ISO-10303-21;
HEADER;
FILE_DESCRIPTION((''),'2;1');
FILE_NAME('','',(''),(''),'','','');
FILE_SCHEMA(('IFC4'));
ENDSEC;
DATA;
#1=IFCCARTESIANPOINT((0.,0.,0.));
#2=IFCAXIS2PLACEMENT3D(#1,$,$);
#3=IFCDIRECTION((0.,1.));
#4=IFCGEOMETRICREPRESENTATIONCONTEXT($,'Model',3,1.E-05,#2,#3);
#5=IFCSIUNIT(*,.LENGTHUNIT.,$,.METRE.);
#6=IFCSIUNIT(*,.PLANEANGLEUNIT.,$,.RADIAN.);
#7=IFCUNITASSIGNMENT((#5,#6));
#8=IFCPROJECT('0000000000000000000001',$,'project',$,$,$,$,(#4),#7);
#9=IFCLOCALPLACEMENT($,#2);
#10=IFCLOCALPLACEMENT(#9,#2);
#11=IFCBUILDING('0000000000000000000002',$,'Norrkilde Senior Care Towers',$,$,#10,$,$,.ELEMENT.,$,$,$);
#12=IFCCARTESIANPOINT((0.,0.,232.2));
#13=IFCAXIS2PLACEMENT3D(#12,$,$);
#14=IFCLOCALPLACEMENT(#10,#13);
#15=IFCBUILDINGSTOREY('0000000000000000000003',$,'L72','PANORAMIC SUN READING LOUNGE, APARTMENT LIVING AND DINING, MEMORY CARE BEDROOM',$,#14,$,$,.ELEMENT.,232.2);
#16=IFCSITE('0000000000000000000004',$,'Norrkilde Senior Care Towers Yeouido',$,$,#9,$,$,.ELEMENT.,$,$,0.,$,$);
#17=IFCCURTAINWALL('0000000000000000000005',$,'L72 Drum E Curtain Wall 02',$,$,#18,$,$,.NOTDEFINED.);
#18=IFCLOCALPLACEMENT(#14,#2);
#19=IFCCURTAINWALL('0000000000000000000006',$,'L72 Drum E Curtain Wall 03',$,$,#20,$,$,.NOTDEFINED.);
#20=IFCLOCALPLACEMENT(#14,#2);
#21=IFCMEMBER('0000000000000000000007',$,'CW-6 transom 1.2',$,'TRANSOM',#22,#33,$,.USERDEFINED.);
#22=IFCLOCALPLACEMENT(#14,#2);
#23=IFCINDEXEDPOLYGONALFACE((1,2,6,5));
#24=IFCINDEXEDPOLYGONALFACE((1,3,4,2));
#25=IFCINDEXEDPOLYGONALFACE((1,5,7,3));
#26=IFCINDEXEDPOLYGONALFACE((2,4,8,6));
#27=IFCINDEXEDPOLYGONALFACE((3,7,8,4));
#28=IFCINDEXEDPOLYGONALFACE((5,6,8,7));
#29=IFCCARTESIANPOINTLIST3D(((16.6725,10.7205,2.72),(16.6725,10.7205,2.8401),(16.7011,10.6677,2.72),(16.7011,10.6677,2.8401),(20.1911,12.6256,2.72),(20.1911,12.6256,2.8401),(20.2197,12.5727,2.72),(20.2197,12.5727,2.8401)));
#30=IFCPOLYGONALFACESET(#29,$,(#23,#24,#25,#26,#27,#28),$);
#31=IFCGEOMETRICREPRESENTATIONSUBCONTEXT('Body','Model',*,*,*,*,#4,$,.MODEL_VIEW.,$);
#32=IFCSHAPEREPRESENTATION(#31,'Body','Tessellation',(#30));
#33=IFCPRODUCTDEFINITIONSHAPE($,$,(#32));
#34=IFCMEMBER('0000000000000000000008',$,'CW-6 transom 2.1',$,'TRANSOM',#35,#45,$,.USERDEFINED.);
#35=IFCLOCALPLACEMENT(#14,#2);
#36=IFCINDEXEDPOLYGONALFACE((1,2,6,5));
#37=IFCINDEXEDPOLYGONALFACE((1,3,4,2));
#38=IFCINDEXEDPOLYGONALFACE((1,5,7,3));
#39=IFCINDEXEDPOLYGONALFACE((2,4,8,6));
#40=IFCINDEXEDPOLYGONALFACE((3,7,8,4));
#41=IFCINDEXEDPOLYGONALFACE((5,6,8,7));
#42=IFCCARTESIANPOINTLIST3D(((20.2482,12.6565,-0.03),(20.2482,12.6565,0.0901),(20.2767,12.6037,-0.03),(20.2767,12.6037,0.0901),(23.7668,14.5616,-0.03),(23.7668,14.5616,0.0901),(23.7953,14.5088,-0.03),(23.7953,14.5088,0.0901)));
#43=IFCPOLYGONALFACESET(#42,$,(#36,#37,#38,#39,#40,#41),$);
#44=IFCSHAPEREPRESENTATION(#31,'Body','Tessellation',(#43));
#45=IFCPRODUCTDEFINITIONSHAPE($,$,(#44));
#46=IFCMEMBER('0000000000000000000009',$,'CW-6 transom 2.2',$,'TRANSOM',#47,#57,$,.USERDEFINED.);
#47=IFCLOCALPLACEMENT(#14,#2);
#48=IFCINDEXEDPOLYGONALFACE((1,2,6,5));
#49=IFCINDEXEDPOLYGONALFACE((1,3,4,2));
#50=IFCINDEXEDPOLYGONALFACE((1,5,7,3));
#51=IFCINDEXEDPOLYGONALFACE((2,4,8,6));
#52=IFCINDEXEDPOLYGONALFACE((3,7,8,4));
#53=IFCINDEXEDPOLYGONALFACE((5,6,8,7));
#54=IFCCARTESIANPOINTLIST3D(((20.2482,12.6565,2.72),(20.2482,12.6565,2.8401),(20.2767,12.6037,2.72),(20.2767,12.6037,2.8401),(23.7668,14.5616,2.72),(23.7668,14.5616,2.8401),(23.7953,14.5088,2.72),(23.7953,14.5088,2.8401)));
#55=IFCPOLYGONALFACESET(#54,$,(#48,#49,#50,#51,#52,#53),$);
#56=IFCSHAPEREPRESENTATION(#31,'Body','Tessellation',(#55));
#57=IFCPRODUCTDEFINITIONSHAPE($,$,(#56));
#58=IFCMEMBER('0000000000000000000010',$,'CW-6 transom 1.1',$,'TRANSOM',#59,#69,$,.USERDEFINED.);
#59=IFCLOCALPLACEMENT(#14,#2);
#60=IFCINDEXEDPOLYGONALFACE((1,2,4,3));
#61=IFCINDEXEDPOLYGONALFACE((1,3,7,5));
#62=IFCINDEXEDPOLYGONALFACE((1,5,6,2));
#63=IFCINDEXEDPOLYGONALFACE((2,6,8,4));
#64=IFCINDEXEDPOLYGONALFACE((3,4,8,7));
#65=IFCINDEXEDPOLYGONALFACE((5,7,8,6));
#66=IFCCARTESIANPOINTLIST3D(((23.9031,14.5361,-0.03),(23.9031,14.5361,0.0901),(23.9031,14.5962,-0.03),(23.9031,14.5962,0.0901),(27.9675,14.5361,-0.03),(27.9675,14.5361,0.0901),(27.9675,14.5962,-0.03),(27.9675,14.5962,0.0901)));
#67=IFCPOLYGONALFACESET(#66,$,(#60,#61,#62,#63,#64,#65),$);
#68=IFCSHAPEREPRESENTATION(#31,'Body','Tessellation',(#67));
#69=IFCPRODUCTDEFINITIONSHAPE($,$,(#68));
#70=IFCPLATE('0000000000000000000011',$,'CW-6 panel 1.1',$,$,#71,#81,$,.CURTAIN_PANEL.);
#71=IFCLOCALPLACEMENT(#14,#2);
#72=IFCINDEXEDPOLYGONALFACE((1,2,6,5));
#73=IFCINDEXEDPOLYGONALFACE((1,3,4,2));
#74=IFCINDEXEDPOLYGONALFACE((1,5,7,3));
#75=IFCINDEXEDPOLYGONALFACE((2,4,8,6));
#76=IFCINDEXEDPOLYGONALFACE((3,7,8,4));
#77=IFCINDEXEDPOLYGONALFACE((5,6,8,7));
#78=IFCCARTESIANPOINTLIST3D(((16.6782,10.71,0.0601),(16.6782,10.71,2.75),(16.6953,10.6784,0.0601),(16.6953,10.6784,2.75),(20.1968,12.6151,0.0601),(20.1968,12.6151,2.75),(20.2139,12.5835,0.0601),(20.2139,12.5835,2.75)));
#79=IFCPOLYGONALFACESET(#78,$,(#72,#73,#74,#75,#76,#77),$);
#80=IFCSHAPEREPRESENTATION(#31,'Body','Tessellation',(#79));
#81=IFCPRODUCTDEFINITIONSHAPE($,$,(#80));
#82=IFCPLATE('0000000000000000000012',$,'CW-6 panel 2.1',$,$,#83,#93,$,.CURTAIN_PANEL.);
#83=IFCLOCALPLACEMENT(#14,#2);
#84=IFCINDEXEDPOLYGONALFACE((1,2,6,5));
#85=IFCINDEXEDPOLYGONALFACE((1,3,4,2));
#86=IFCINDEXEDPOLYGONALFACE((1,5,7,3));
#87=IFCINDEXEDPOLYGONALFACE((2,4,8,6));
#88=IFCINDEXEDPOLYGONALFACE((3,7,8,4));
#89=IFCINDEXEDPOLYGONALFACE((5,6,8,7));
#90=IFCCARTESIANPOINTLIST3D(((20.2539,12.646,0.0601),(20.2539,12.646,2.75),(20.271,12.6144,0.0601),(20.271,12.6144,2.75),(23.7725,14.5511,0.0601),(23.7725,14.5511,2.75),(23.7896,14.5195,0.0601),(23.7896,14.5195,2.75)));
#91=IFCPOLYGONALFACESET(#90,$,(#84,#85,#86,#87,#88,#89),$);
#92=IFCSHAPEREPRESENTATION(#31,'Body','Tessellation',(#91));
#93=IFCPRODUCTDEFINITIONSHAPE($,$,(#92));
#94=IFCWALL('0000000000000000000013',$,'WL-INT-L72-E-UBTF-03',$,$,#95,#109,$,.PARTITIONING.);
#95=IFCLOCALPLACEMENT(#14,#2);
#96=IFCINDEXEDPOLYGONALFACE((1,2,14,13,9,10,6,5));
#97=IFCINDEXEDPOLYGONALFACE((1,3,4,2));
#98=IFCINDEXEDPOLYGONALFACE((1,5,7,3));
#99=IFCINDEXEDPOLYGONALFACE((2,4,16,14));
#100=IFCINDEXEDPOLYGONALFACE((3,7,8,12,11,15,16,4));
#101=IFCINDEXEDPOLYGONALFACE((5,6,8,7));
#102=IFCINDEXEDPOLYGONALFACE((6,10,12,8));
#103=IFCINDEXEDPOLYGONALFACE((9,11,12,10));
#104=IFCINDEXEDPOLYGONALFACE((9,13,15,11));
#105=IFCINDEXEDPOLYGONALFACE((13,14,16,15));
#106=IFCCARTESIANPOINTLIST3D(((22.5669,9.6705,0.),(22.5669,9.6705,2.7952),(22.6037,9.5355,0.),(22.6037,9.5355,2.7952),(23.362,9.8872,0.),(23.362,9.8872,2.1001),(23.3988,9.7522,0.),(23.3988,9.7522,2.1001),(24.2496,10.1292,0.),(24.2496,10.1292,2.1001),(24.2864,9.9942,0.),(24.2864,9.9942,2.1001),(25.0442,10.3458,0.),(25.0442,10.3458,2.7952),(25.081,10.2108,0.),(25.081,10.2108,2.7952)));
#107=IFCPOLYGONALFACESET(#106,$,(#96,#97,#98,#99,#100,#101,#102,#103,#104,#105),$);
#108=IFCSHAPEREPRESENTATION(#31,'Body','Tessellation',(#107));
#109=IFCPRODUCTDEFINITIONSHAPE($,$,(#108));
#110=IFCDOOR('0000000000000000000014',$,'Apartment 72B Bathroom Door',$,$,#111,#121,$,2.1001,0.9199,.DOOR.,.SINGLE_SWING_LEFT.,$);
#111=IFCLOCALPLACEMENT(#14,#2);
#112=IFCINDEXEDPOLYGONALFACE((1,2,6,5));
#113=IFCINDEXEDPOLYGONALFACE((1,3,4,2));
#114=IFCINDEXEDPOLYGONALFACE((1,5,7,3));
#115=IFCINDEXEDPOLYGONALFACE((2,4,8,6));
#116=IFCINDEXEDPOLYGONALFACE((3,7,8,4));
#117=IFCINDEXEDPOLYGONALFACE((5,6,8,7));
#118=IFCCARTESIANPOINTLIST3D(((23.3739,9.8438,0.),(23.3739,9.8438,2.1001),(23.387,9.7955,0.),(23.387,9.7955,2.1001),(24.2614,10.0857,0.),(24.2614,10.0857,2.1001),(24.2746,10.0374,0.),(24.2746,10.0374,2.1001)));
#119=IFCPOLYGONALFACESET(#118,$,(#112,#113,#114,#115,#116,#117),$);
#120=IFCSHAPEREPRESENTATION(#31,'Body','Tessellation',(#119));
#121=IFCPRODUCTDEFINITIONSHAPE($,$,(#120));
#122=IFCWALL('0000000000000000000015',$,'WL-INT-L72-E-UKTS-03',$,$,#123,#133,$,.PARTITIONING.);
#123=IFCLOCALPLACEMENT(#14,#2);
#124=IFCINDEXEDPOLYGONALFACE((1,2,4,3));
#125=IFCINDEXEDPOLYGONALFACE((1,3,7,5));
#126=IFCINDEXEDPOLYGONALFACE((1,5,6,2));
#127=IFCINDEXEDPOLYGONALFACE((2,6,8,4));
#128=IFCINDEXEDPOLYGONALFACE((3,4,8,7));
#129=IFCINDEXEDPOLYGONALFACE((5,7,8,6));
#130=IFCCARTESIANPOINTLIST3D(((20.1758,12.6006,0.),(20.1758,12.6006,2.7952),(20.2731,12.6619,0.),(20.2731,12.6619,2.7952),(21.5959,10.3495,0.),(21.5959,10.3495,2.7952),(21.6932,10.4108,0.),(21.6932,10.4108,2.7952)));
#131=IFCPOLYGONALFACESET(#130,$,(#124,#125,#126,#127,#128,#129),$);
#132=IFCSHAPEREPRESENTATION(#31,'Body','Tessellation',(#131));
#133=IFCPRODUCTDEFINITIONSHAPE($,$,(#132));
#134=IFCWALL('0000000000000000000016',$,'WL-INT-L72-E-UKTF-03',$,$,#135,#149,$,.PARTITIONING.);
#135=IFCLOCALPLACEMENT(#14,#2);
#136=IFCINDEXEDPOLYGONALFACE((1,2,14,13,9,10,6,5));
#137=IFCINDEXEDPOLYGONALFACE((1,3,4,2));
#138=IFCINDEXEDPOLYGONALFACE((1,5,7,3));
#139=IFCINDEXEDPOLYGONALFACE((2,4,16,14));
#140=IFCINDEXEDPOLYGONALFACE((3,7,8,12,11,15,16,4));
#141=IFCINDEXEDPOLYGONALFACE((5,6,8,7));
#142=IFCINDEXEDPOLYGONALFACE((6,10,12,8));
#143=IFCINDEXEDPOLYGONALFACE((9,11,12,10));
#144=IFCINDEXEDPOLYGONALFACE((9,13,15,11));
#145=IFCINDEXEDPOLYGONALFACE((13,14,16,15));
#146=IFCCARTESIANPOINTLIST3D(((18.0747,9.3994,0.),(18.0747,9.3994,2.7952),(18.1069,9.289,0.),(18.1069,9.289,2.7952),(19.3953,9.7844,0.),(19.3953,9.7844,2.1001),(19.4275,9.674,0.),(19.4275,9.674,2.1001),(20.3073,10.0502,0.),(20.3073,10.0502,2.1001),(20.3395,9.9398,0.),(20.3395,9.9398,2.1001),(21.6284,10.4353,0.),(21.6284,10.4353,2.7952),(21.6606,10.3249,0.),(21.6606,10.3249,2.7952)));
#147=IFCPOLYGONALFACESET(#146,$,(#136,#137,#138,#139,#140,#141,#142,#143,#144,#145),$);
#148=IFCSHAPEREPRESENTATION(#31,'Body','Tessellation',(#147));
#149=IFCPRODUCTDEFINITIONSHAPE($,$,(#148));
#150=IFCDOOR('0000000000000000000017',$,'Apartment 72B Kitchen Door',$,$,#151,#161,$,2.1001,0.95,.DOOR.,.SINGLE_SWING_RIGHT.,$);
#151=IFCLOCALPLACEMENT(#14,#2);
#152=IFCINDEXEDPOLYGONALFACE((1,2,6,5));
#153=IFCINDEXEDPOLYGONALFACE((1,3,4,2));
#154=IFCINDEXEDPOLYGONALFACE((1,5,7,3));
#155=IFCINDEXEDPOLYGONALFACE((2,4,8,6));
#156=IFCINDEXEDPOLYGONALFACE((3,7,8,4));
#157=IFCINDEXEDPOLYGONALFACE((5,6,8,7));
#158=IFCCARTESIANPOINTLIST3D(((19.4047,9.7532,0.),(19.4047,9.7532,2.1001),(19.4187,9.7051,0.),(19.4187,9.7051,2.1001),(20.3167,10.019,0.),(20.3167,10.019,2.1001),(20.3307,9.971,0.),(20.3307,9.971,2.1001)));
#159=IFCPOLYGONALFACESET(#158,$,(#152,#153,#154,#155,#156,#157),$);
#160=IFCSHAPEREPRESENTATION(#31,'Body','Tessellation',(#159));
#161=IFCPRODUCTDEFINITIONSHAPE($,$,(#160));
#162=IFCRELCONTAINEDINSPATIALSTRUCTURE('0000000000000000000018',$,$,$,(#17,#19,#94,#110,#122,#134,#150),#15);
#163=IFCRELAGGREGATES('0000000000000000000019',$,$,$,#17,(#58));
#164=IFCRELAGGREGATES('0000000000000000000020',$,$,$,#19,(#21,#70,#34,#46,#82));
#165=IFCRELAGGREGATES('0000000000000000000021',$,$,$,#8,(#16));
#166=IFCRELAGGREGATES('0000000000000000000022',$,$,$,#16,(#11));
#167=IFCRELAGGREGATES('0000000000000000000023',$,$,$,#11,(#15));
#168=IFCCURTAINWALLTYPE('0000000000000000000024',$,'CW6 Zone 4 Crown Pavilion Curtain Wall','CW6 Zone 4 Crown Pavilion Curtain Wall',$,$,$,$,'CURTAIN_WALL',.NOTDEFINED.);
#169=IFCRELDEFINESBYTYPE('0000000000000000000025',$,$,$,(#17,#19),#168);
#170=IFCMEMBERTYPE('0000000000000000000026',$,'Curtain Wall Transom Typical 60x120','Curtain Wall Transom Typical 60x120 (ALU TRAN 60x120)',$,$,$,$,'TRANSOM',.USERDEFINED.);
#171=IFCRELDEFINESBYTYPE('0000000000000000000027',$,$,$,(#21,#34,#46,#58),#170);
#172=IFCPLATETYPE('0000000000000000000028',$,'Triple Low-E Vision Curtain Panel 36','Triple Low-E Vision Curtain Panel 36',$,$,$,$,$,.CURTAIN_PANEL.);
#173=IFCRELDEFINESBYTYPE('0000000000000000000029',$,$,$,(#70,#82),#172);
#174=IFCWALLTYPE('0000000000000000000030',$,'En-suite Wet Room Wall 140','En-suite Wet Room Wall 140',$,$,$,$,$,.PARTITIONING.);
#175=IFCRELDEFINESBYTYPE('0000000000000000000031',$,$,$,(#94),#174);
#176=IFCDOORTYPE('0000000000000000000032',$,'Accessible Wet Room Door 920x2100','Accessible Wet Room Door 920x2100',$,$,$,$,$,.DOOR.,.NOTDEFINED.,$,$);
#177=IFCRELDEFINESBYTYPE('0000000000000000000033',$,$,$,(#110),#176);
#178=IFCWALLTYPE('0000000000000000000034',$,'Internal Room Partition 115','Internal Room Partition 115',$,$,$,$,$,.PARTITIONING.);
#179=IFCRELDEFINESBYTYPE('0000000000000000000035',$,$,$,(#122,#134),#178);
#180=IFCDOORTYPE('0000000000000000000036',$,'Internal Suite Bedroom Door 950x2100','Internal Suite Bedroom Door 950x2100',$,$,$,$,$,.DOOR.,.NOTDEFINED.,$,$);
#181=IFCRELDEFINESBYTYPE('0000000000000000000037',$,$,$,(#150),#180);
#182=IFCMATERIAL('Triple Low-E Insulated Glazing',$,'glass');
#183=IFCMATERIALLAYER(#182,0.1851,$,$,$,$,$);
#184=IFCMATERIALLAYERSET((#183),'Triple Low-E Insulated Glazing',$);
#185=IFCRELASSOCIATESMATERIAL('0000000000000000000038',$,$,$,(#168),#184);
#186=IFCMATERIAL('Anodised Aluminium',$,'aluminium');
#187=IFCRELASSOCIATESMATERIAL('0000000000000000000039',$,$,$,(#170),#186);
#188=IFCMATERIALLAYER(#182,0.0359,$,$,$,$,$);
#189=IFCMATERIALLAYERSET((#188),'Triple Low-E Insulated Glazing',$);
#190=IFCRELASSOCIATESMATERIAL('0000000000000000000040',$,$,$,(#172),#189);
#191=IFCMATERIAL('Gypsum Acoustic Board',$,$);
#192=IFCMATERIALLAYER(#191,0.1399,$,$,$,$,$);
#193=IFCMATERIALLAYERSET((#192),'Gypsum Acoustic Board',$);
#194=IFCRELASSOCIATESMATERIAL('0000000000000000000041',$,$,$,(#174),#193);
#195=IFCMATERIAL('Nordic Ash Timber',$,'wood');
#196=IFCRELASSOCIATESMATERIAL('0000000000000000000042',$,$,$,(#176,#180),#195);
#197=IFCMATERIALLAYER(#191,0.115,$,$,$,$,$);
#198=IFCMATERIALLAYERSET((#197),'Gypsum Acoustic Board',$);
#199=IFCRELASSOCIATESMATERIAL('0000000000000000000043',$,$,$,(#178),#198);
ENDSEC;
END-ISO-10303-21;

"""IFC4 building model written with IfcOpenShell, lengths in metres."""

from ifc_helpers import new_model, si_unit, direction, frame, frame_2d, origin, origin_2d, place, context, subcontext, project, spatial, rectangle, extrude, source, transform, mapped, material, layer, layer_set, material_profile, profile_set, type_object, type_shapes, element, fill, aggregate, save


model = new_model("IFC4")

# Units and contexts
model_context = context("Model", 3, precision=1e-05, world=origin(), true_north=direction((0.0, 1.0)))
body_context = subcontext(model_context, "Body", "Model", "MODEL_VIEW")
ifc_project = project(units=[si_unit("LENGTHUNIT", "METRE"), si_unit("PLANEANGLEUNIT", "RADIAN")], contexts=[model_context])

# Site, building, storey
site_placement = place(None, origin())
site = spatial("IfcSite", under=ifc_project, at=site_placement, Name="Norrkilde Senior Care Towers Yeouido", CompositionType="ELEMENT", RefElevation=0.0)
building_placement = place(site_placement, origin())
building = spatial("IfcBuilding", under=site, at=building_placement, Name="Norrkilde Senior Care Towers", CompositionType="ELEMENT")
storey_placement = place(building_placement, frame((0.0, 0.0, 232.2)))
storey = spatial("IfcBuildingStorey", under=building, at=storey_placement, Name="L72", Description="PANORAMIC SUN READING LOUNGE, APARTMENT LIVING AND DINING, MEMORY CARE BEDROOM", CompositionType="ELEMENT", Elevation=232.2)

# Curtain wall
ifc_material_1 = material(Name="Triple Low-E Insulated Glazing", Category="glass")
ifc_layer_1 = layer(ifc_material_1, 0.1851)
ifc_layer_set_1 = layer_set([ifc_layer_1], Name="Triple Low-E Insulated Glazing")
curtain_wall_type = type_object("IfcCurtainWallType", Name="CW6 Zone 4 Crown Pavilion Curtain Wall", Description="CW6 Zone 4 Crown Pavilion Curtain Wall", ElementType="CURTAIN_WALL", PredefinedType="NOTDEFINED", material=ifc_layer_set_1)
curtain_wall_1_placement = place(storey_placement, origin())
curtain_wall_1 = element("IfcCurtainWall", 1, at=curtain_wall_1_placement, inside=storey, type_object=curtain_wall_type, Name="L72 Drum E Curtain Wall 02", PredefinedType="NOTDEFINED")
ifc_material_2 = material(Name="Anodised Aluminium", Category="aluminium")

# Curtain wall
curtain_wall_2_placement = place(storey_placement, origin())
curtain_wall_2 = element("IfcCurtainWall", 2, at=curtain_wall_2_placement, inside=storey, type_object=curtain_wall_type, Name="L72 Drum E Curtain Wall 03", PredefinedType="NOTDEFINED")

# Members
ifc_material_profile_1 = material_profile(ifc_material_2, rectangle(XDim=0.0601, YDim=0.1201, at=origin_2d()), Name="ALU TRAN 60x120")
ifc_profile_set_1 = profile_set([ifc_material_profile_1], Name="Anodised Aluminium")
member_type_1 = type_object("IfcMemberType", Name="Curtain Wall Transom Typical 60x120", Description="Curtain Wall Transom Typical 60x120 (ALU TRAN 60x120)", ElementType="TRANSOM", PredefinedType="USERDEFINED", material=ifc_profile_set_1)
shared_shape_1 = source(origin(), body_context, "Body", "SweptSolid", [
    extrude(rectangle(XDim=0.0601, YDim=0.1201, at=origin_2d()), origin(), (0.0, 0.0, 1.0), 4.0012),
])
member_1_placement = place(storey_placement, frame((16.6868, 10.6941, 2.78), z_axis=(0.879381, 0.476118, 0.0), x_axis=(-0.476118, 0.879381, 0.0)))
member_1 = element("IfcMember", 3, at=member_1_placement, type_object=member_type_1, Name="CW-6 transom 1.2", ObjectType="TRANSOM", PredefinedType="USERDEFINED", context=body_context, shape_type="MappedRepresentation", body=[
    mapped(shared_shape_1, transform((0.0, 0.0, 0.0), x_axis=(1.0, 0.0, 0.0), y_axis=(0.0, 1.0, 0.0), z_axis=(0.0, 0.0, 1.0), scale=1.0)),
])
member_2_placement = place(storey_placement, frame((20.2625, 12.6301, 0.03), z_axis=(0.879381, 0.476118, 0.0), x_axis=(-0.476118, 0.879381, 0.0)))
member_2 = element("IfcMember", 4, at=member_2_placement, type_object=member_type_1, Name="CW-6 transom 2.1", ObjectType="TRANSOM", PredefinedType="USERDEFINED", context=body_context, shape_type="MappedRepresentation", body=[
    mapped(shared_shape_1, transform((0.0, 0.0, 0.0), x_axis=(1.0, 0.0, 0.0), y_axis=(0.0, 1.0, 0.0), z_axis=(0.0, 0.0, 1.0), scale=1.0)),
])
member_3_placement = place(storey_placement, frame((20.2625, 12.6301, 2.78), z_axis=(0.879381, 0.476118, 0.0), x_axis=(-0.476118, 0.879381, 0.0)))
member_3 = element("IfcMember", 5, at=member_3_placement, type_object=member_type_1, Name="CW-6 transom 2.2", ObjectType="TRANSOM", PredefinedType="USERDEFINED", context=body_context, shape_type="MappedRepresentation", body=[
    mapped(shared_shape_1, transform((0.0, 0.0, 0.0), x_axis=(1.0, 0.0, 0.0), y_axis=(0.0, 1.0, 0.0), z_axis=(0.0, 0.0, 1.0), scale=1.0)),
])
shared_shape_2 = source(origin(), body_context, "Body", "SweptSolid", [
    extrude(rectangle(XDim=0.0601, YDim=0.1201, at=origin_2d()), origin(), (0.0, 0.0, 1.0), 4.0645),
])
type_shapes(member_type_1, [shared_shape_1, shared_shape_2])
member_4_placement = place(storey_placement, frame((23.9031, 14.5662, 0.03), z_axis=(1.0, 0.0, 0.0), x_axis=(0.0, 1.0, 0.0)))
member_4 = element("IfcMember", 6, at=member_4_placement, type_object=member_type_1, Name="CW-6 transom 1.1", ObjectType="TRANSOM", PredefinedType="USERDEFINED", context=body_context, shape_type="MappedRepresentation", body=[
    mapped(shared_shape_2, transform((0.0, 0.0, 0.0), x_axis=(1.0, 0.0, 0.0), y_axis=(0.0, 1.0, 0.0), z_axis=(0.0, 0.0, 1.0), scale=1.0)),
])
aggregate(curtain_wall_1, [member_4])

# Plates
ifc_layer_2 = layer(ifc_material_1, 0.0359)
ifc_layer_set_2 = layer_set([ifc_layer_2], Name="Triple Low-E Insulated Glazing")
plate_type = type_object("IfcPlateType", Name="Triple Low-E Vision Curtain Panel 36", Description="Triple Low-E Vision Curtain Panel 36", PredefinedType="CURTAIN_PANEL", material=ifc_layer_set_2)
shared_shape_3 = source(origin(), body_context, "Body", "SweptSolid", [
    extrude(rectangle(XDim=4.0012, YDim=0.0359, at=origin_2d()), origin(), (0.0, 0.0, 1.0), 2.6899),
])
type_shapes(plate_type, [shared_shape_3])
plate_1_placement = place(storey_placement, frame((18.446, 11.6467, 0.0601), z_axis=(0.0, 0.0, 1.0), x_axis=(0.879373, 0.476133, 0.0)))
plate_1 = element("IfcPlate", 7, at=plate_1_placement, type_object=plate_type, Name="CW-6 panel 1.1", PredefinedType="CURTAIN_PANEL", context=body_context, shape_type="MappedRepresentation", body=[
    mapped(shared_shape_3, transform((0.0, 0.0, 0.0), x_axis=(1.0, 0.0, 0.0), y_axis=(0.0, 1.0, 0.0), z_axis=(0.0, 0.0, 1.0), scale=1.0)),
])
plate_2_placement = place(storey_placement, frame((22.0217, 13.5828, 0.0601), z_axis=(0.0, 0.0, 1.0), x_axis=(0.879373, 0.476133, 0.0)))
plate_2 = element("IfcPlate", 8, at=plate_2_placement, type_object=plate_type, Name="CW-6 panel 2.1", PredefinedType="CURTAIN_PANEL", context=body_context, shape_type="MappedRepresentation", body=[
    mapped(shared_shape_3, transform((0.0, 0.0, 0.0), x_axis=(1.0, 0.0, 0.0), y_axis=(0.0, 1.0, 0.0), z_axis=(0.0, 0.0, 1.0), scale=1.0)),
])
aggregate(curtain_wall_2, [member_1, plate_1, member_2, member_3, plate_2])

# Wall, opening, door
ifc_material_3 = material(Name="Gypsum Acoustic Board")
ifc_layer_3 = layer(ifc_material_3, 0.1399)
ifc_layer_set_3 = layer_set([ifc_layer_3], Name="Gypsum Acoustic Board")
wall_type_1 = type_object("IfcWallType", Name="En-suite Wet Room Wall 140", Description="En-suite Wet Room Wall 140", PredefinedType="PARTITIONING", material=ifc_layer_set_3)
shared_shape_4 = source(origin(), body_context, "Body", "SweptSolid", [
    extrude(rectangle(XDim=2.5676, YDim=0.1399, at=frame_2d((1.2837, 0.0))), origin(), (0.0, 0.0, 1.0), 2.7952),
])
type_shapes(wall_type_1, [shared_shape_4])
wall_1_placement = place(storey_placement, frame((22.5854, 9.603, 0.0), z_axis=(0.0, 0.0, 1.0), x_axis=(0.964797, 0.262997, 0.0)))
wall_1 = element("IfcWall", 9, at=wall_1_placement, inside=storey, type_object=wall_type_1, Name="WL-INT-L72-E-UBTF-03", PredefinedType="PARTITIONING", context=body_context, shape_type="MappedRepresentation", body=[
    mapped(shared_shape_4, transform((0.0, 0.0, 0.0), x_axis=(1.0, 0.0, 0.0), y_axis=(0.0, 1.0, 0.0), z_axis=(0.0, 0.0, 1.0), scale=1.0)),
])
opening_1_placement = place(wall_1_placement, frame((0.824, 0.0, 0.0)))
opening_1 = element("IfcOpeningElement", 10, at=opening_1_placement, cuts=wall_1, PredefinedType="OPENING", context=body_context, shape_type="SweptSolid", body=[
    extrude(rectangle(XDim=0.9199, YDim=2.1001, at=frame_2d((0.46, 1.05))), frame((0.0, 0.0798, 0.0), z_axis=(0.0, -1.0, 0.0), x_axis=(1.0, 0.0, 0.0)), (0.0, 0.0, 1.0), 0.1599),
])
ifc_material_4 = material(Name="Nordic Ash Timber", Category="wood")
door_type_1 = type_object("IfcDoorType", Name="Accessible Wet Room Door 920x2100", Description="Accessible Wet Room Door 920x2100", OperationType="NOTDEFINED", PredefinedType="DOOR", material=ifc_material_4)
shared_shape_5 = source(origin(), body_context, "Body", "SweptSolid", [
    extrude(rectangle(XDim=0.9199, YDim=2.1001, at=frame_2d((0.46, 1.05))), frame((0.0, 0.0249, 0.0), z_axis=(0.0, -1.0, 0.0), x_axis=(1.0, 0.0, 0.0)), (0.0, 0.0, 1.0), 0.05),
])
type_shapes(door_type_1, [shared_shape_5])
door_1_placement = place(opening_1_placement, origin())
door_1 = element("IfcDoor", 11, at=door_1_placement, inside=storey, type_object=door_type_1, Name="Apartment 72B Bathroom Door", OperationType="SINGLE_SWING_LEFT", OverallHeight=2.1001, OverallWidth=0.9199, PredefinedType="DOOR", context=body_context, shape_type="MappedRepresentation", body=[
    mapped(shared_shape_5, transform((0.0, 0.0, 0.0), x_axis=(1.0, 0.0, 0.0), y_axis=(0.0, 1.0, 0.0), z_axis=(0.0, 0.0, 1.0), scale=1.0)),
])
fill(opening_1, door_1)

# Wall
ifc_layer_4 = layer(ifc_material_3, 0.115)
ifc_layer_set_4 = layer_set([ifc_layer_4], Name="Gypsum Acoustic Board")
wall_type_2 = type_object("IfcWallType", Name="Internal Room Partition 115", Description="Internal Room Partition 115", PredefinedType="PARTITIONING", material=ifc_layer_set_4)
shared_shape_6 = source(origin(), body_context, "Body", "SweptSolid", [
    extrude(rectangle(XDim=2.6616, YDim=0.115, at=frame_2d((1.3308, 0.0))), origin(), (0.0, 0.0, 1.0), 2.7952),
])
wall_2_placement = place(storey_placement, frame((21.6445, 10.3801, 0.0), z_axis=(0.0, 0.0, 1.0), x_axis=(-0.533548, 0.84577, 0.0)))
element("IfcWall", 12, at=wall_2_placement, inside=storey, type_object=wall_type_2, Name="WL-INT-L72-E-UKTS-03", PredefinedType="PARTITIONING", context=body_context, shape_type="MappedRepresentation", body=[
    mapped(shared_shape_6, transform((0.0, 0.0, 0.0), x_axis=(1.0, 0.0, 0.0), y_axis=(0.0, 1.0, 0.0), z_axis=(0.0, 0.0, 1.0), scale=1.0)),
])

# Wall, opening, door
shared_shape_7 = source(origin(), body_context, "Body", "SweptSolid", [
    extrude(rectangle(XDim=3.7017, YDim=0.115, at=frame_2d((1.8508, 0.0))), origin(), (0.0, 0.0, 1.0), 2.7952),
])
type_shapes(wall_type_2, [shared_shape_6, shared_shape_7])
wall_3_placement = place(storey_placement, frame((21.6445, 10.3801, 0.0), z_axis=(0.0, 0.0, 1.0), x_axis=(-0.960044, -0.279848, 0.0)))
wall_3 = element("IfcWall", 13, at=wall_3_placement, inside=storey, type_object=wall_type_2, Name="WL-INT-L72-E-UKTF-03", PredefinedType="PARTITIONING", context=body_context, shape_type="MappedRepresentation", body=[
    mapped(shared_shape_7, transform((0.0, 0.0, 0.0), x_axis=(1.0, 0.0, 0.0), y_axis=(0.0, 1.0, 0.0), z_axis=(0.0, 0.0, 1.0), scale=1.0)),
])
opening_2_placement = place(wall_3_placement, frame((1.376, 0.0, 0.0)))
opening_2 = element("IfcOpeningElement", 14, at=opening_2_placement, cuts=wall_3, PredefinedType="OPENING", context=body_context, shape_type="SweptSolid", body=[
    extrude(rectangle(XDim=0.95, YDim=2.1001, at=frame_2d((0.4751, 1.05))), frame((0.0, 0.0674, 0.0), z_axis=(0.0, -1.0, 0.0), x_axis=(1.0, 0.0, 0.0)), (0.0, 0.0, 1.0), 0.135),
])
door_type_2 = type_object("IfcDoorType", Name="Internal Suite Bedroom Door 950x2100", Description="Internal Suite Bedroom Door 950x2100", OperationType="NOTDEFINED", PredefinedType="DOOR", material=ifc_material_4)
shared_shape_8 = source(origin(), body_context, "Body", "SweptSolid", [
    extrude(rectangle(XDim=0.95, YDim=2.1001, at=frame_2d((0.4751, 1.05))), frame((0.0, 0.0249, 0.0), z_axis=(0.0, -1.0, 0.0), x_axis=(1.0, 0.0, 0.0)), (0.0, 0.0, 1.0), 0.05),
])
type_shapes(door_type_2, [shared_shape_8])
door_2_placement = place(opening_2_placement, frame((0.95, 0.0, 0.0), z_axis=(0.0, 0.0, 1.0), x_axis=(-1.0, 0.0, 0.0)))
door_2 = element("IfcDoor", 15, at=door_2_placement, inside=storey, type_object=door_type_2, Name="Apartment 72B Kitchen Door", OperationType="SINGLE_SWING_RIGHT", OverallHeight=2.1001, OverallWidth=0.95, PredefinedType="DOOR", context=body_context, shape_type="MappedRepresentation", body=[
    mapped(shared_shape_8, transform((0.0, 0.0, 0.0), x_axis=(1.0, 0.0, 0.0), y_axis=(0.0, 1.0, 0.0), z_axis=(0.0, 0.0, 1.0), scale=1.0)),
])
fill(opening_2, door_2)

save(model, "model.ifc")
